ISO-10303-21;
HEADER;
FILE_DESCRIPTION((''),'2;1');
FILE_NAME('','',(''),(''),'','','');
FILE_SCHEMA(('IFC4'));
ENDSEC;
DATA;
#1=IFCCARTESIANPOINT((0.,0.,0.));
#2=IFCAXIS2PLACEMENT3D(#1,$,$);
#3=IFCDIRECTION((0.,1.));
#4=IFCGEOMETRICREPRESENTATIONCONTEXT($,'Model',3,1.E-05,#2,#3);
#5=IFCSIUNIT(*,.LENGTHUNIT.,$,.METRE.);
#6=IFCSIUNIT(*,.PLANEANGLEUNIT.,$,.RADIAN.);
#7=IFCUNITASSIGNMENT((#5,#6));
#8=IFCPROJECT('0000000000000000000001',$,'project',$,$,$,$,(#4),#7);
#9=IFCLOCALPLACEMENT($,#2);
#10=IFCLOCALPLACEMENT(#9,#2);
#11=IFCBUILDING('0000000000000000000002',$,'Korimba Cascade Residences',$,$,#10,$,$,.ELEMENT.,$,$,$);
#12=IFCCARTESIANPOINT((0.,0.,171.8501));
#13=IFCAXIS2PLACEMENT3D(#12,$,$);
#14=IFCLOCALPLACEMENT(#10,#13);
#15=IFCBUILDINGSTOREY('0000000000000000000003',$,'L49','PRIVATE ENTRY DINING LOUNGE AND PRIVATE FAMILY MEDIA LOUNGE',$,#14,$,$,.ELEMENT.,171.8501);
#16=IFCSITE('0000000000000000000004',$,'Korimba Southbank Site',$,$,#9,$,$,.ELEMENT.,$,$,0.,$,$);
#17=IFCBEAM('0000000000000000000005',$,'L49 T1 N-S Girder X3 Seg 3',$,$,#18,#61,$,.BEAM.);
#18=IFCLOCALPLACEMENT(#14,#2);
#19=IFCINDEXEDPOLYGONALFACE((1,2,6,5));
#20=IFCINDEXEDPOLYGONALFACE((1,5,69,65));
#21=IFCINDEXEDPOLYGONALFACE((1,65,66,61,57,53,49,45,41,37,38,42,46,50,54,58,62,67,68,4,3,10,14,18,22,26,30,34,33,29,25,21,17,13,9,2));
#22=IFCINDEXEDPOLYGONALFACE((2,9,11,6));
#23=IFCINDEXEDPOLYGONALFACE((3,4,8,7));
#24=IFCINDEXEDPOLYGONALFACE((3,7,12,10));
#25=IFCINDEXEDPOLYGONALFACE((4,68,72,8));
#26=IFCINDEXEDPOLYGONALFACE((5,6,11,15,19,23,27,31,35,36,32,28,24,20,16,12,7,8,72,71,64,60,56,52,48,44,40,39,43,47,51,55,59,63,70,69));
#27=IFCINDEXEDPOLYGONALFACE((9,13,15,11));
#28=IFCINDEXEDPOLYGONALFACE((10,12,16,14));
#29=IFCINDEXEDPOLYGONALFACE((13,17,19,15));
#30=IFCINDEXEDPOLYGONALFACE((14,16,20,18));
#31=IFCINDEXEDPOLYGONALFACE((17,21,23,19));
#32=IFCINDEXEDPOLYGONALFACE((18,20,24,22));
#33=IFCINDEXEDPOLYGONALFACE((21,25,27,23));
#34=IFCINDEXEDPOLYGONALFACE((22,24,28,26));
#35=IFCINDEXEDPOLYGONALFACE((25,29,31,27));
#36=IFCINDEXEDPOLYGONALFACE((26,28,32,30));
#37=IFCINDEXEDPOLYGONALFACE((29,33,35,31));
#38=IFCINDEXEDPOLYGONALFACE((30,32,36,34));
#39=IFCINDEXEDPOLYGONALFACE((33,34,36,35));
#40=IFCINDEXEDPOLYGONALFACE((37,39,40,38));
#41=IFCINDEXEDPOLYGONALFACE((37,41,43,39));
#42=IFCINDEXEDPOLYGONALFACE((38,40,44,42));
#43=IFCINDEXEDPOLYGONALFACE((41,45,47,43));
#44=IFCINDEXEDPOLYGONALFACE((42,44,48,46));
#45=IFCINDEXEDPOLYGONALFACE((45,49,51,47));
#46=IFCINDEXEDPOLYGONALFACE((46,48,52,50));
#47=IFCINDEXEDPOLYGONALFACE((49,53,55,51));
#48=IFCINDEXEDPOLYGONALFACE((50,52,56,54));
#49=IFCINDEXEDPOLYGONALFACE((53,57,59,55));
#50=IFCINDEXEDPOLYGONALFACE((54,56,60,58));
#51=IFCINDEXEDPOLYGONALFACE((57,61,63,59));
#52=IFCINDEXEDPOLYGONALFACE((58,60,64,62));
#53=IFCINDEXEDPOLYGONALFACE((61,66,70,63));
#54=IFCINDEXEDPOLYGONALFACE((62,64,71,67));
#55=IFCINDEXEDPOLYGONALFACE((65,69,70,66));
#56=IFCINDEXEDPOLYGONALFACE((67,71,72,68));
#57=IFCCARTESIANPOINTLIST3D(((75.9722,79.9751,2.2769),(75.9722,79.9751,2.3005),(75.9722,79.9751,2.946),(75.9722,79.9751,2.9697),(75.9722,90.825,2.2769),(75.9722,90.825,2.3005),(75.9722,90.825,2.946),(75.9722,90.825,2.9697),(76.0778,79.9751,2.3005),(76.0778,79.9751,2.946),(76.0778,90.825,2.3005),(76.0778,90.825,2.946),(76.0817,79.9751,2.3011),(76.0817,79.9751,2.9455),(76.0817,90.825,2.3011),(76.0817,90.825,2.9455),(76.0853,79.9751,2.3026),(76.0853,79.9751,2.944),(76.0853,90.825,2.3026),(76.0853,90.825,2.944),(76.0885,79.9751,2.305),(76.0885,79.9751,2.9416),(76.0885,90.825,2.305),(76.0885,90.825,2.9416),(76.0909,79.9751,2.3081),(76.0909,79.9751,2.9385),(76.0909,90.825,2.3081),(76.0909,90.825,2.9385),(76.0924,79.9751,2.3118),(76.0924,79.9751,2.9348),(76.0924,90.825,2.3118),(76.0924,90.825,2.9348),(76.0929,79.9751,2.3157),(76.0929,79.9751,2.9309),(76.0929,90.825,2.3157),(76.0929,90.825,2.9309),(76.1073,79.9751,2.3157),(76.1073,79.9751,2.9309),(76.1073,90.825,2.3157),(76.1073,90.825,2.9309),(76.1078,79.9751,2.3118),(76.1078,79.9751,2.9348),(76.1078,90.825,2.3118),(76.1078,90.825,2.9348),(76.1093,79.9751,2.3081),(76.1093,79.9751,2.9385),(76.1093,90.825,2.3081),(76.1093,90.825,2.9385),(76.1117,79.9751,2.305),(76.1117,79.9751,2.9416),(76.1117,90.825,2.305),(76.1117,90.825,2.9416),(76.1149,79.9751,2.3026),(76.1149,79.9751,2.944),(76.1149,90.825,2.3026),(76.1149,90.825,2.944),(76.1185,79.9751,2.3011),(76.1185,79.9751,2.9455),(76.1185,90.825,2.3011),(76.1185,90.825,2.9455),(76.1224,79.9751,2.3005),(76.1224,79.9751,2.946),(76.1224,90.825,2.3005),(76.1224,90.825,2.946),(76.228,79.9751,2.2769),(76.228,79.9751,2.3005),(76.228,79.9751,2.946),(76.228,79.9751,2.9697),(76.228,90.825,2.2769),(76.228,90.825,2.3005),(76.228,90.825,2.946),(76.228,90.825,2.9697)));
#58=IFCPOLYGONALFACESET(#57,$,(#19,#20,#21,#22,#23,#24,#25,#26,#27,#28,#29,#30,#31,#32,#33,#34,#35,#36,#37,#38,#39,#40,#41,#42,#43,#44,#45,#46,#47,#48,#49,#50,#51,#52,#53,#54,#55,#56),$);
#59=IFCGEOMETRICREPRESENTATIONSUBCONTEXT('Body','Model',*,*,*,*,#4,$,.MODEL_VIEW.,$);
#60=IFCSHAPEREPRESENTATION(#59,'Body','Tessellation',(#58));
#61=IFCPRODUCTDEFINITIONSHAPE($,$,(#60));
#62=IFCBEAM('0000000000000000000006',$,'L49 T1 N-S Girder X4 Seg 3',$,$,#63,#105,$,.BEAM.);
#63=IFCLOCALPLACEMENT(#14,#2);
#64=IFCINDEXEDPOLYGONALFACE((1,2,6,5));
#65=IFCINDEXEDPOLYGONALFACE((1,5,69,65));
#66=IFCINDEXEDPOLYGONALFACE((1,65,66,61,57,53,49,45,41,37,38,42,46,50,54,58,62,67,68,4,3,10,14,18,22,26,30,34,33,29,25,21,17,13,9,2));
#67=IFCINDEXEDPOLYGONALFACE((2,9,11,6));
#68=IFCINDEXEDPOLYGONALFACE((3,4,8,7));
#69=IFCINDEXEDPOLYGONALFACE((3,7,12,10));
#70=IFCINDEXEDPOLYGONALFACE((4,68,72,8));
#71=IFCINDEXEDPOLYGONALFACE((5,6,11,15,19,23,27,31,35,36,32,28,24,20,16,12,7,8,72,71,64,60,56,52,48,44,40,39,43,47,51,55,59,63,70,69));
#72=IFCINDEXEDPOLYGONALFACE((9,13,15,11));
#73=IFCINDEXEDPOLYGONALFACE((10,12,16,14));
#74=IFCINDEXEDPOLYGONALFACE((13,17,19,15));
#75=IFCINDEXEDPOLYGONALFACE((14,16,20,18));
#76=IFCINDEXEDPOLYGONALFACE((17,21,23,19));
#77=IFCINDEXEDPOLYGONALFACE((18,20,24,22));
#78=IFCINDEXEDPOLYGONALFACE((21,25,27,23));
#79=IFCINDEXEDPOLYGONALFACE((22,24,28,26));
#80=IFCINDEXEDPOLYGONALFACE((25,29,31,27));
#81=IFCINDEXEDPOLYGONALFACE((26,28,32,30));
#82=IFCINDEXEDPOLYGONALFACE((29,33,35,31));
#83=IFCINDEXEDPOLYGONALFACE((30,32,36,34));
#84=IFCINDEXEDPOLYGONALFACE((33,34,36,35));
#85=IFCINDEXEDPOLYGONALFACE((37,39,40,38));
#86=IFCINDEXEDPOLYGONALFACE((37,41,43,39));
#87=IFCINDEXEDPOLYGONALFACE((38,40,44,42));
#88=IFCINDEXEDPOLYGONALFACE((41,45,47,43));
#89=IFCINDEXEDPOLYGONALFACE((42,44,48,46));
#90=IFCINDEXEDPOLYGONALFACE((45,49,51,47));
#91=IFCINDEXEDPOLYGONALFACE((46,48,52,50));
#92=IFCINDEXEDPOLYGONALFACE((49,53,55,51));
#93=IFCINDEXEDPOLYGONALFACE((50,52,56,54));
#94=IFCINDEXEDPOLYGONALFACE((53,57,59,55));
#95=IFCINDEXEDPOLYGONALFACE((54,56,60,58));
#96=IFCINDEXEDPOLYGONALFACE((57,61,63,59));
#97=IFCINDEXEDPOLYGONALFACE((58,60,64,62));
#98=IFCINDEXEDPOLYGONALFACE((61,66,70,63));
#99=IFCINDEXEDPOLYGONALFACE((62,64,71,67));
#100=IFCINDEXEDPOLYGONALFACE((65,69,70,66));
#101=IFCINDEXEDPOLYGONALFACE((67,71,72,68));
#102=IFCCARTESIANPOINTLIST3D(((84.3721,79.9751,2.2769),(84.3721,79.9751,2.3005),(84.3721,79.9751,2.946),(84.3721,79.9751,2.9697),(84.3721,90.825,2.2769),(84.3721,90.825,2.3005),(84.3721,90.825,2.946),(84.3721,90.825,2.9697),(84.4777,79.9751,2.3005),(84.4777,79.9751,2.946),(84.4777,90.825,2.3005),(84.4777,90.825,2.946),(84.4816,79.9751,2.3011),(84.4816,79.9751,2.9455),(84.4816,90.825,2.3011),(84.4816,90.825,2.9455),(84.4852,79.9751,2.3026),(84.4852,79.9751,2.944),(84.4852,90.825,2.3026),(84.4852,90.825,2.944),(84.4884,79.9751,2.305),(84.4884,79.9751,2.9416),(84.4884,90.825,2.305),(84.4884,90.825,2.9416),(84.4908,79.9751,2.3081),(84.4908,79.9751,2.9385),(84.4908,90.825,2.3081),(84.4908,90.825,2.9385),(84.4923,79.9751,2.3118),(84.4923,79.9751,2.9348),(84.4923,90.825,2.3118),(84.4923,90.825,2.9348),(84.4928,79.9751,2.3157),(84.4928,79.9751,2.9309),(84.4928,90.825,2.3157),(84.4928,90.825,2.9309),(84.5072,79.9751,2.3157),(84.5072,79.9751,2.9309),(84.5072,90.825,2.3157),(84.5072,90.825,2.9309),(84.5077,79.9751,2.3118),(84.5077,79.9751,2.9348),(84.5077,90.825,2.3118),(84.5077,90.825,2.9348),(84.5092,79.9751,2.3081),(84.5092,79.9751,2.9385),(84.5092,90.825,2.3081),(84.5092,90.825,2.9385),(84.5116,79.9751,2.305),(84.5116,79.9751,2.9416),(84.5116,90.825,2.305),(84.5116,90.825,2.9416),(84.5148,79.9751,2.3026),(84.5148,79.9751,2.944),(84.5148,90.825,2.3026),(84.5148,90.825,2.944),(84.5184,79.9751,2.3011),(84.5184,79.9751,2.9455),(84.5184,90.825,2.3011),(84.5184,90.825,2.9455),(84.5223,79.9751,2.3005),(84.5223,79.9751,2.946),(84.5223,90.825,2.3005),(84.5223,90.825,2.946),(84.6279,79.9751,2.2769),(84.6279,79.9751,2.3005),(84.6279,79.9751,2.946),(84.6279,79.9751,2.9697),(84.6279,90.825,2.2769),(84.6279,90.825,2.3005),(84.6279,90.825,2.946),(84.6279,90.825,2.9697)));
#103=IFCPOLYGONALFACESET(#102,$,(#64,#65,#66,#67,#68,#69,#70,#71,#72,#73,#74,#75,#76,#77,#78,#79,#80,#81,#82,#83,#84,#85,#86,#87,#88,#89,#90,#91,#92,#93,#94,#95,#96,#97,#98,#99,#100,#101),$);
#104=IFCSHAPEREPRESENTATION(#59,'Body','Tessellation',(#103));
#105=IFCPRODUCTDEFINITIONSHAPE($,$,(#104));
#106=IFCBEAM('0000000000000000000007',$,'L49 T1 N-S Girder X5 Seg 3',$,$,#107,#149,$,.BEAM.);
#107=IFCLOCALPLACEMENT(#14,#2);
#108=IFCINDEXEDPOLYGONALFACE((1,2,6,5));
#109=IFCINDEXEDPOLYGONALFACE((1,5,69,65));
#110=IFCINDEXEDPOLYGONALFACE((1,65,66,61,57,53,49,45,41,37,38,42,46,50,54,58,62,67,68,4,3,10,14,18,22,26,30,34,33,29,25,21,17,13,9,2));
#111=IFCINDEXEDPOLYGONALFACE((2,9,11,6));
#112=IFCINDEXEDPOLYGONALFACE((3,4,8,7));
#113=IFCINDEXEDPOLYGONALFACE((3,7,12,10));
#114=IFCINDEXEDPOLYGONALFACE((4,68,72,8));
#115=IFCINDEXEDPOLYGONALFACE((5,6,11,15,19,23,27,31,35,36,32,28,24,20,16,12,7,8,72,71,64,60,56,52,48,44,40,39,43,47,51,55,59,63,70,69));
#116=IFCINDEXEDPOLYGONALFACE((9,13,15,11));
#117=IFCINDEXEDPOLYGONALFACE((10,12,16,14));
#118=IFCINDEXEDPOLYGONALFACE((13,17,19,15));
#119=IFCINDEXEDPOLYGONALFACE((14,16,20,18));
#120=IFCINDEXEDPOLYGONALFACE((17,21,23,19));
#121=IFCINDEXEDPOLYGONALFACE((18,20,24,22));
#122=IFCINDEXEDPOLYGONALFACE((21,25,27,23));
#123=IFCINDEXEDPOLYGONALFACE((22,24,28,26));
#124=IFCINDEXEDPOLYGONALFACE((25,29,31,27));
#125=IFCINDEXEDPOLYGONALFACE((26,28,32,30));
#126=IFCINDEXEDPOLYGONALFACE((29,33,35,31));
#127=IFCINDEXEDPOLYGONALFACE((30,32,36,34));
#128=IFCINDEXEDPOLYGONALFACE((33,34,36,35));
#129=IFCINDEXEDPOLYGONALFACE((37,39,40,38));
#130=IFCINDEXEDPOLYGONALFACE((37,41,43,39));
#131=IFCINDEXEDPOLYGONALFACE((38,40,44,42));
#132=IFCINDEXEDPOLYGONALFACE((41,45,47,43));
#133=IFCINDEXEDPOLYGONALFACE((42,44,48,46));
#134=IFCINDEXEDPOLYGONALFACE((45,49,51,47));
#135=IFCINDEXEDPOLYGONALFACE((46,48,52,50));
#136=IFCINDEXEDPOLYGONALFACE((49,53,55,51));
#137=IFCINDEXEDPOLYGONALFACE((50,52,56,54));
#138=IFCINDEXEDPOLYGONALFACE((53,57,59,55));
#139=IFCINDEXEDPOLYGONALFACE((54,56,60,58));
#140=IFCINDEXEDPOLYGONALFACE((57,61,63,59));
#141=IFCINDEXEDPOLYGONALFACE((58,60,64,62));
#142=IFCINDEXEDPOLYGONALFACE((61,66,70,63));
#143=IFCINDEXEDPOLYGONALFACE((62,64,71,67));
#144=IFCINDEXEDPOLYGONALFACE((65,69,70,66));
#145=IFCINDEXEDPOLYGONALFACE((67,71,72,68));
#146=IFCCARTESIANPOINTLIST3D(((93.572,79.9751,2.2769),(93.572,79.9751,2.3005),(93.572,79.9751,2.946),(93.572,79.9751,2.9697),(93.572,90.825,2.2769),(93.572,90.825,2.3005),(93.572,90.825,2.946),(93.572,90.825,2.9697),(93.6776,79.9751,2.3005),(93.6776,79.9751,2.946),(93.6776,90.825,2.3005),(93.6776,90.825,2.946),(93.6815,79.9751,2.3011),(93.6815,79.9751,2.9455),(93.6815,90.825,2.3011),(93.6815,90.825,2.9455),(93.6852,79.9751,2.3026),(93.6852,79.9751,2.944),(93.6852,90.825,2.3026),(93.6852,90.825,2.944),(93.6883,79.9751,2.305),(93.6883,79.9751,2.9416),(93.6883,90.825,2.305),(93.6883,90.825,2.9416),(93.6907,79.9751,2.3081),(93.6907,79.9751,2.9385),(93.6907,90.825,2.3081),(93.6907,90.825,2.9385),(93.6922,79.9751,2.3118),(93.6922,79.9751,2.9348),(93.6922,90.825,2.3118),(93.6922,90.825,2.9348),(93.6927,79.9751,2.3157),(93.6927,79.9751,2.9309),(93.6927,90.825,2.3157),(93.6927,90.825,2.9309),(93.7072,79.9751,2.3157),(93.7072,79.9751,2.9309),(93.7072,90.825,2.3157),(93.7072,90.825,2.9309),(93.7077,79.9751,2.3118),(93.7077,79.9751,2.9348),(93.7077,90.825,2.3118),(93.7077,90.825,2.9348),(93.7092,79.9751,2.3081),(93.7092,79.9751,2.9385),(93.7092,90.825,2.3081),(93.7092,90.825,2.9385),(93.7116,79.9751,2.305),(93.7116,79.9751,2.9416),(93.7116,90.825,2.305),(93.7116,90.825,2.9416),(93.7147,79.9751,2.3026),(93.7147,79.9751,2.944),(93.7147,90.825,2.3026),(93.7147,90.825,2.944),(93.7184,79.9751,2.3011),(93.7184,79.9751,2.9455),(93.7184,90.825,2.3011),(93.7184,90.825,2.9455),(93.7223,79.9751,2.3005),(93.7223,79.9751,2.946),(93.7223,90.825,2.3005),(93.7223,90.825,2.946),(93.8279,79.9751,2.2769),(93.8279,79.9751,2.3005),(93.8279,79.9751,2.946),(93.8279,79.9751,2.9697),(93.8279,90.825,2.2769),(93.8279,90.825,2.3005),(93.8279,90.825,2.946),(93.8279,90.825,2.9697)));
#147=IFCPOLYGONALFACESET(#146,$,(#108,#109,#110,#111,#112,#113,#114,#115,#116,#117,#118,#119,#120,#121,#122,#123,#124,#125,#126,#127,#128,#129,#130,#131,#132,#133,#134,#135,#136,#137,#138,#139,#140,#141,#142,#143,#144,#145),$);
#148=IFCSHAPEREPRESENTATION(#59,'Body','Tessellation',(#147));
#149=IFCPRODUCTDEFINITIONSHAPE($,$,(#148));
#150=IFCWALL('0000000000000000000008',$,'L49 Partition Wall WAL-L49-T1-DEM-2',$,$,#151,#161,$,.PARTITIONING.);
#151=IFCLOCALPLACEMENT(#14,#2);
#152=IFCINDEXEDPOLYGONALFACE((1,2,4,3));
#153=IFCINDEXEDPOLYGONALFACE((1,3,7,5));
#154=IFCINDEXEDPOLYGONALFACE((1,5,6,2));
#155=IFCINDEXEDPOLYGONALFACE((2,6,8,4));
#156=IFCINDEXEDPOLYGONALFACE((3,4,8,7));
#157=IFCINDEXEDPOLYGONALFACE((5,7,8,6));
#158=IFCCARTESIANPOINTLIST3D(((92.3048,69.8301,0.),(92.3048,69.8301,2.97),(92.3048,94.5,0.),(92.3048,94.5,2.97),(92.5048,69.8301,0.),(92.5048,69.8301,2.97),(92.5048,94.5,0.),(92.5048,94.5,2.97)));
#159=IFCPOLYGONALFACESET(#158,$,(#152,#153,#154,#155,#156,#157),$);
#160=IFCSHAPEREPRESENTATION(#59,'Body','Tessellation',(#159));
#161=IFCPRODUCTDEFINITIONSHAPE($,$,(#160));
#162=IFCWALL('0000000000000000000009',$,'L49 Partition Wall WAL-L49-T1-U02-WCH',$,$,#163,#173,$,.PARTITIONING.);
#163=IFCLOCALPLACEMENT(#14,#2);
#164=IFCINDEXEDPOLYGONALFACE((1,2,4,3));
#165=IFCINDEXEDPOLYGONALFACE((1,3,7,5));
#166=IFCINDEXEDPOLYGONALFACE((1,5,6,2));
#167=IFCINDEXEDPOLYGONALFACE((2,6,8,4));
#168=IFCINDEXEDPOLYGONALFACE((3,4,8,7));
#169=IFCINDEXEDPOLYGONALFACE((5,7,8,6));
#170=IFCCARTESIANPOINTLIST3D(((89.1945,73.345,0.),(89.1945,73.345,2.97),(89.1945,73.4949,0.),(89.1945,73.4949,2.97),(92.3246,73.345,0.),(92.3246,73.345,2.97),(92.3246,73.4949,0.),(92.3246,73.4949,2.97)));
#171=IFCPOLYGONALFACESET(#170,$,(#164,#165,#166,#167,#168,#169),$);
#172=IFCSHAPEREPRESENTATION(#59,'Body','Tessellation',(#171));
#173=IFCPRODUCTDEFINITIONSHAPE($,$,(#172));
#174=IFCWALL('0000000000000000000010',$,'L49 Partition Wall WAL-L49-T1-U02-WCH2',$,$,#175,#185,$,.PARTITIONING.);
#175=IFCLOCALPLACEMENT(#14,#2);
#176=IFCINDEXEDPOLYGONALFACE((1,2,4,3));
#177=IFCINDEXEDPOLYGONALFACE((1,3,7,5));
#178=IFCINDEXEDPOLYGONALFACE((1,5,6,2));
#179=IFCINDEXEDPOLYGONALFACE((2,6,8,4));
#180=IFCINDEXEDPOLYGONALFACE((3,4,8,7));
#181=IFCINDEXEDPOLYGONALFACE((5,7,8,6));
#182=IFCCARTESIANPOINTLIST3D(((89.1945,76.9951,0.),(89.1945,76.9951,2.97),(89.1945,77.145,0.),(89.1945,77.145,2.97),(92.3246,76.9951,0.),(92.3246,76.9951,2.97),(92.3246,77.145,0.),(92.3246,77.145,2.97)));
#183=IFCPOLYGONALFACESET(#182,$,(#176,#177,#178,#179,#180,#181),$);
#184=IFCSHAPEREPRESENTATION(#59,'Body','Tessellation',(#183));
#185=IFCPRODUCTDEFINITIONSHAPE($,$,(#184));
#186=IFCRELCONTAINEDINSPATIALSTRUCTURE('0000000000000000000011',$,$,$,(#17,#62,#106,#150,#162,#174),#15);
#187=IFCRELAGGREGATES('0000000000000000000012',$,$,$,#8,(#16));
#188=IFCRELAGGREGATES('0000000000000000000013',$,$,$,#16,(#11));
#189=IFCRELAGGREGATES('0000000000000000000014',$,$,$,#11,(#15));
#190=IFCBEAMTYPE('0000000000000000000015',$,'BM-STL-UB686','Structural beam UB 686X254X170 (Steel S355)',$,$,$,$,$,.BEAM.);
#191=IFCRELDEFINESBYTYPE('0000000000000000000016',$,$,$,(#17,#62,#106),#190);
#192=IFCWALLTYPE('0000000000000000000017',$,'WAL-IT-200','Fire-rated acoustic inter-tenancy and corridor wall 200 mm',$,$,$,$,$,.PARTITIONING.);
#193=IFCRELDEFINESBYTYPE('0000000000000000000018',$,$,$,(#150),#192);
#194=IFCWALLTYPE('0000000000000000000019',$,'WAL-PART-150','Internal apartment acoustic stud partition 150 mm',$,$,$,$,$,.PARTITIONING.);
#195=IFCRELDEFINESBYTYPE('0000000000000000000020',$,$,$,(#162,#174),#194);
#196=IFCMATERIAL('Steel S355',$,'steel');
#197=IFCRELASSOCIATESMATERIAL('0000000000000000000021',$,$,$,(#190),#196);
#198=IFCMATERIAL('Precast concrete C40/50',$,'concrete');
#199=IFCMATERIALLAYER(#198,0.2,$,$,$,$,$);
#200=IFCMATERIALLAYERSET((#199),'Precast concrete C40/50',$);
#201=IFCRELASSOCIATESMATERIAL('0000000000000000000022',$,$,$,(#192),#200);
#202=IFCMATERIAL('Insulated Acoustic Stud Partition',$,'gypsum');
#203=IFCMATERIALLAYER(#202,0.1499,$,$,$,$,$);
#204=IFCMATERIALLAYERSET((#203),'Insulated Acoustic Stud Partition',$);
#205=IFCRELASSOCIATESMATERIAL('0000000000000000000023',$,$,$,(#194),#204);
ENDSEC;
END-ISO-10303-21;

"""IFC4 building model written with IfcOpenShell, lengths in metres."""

from ifc_helpers import new_model, si_unit, direction, frame, frame_2d, origin, origin_2d, place, context, subcontext, project, spatial, rectangle, i_section, extrude, material, layer, layer_set, material_profile, profile_set, type_object, element, save


model = new_model("IFC4")

# Units and contexts
model_context = context("Model", 3, precision=1e-05, world=origin(), true_north=direction((0.0, 1.0)))
body_context = subcontext(model_context, "Body", "Model", "MODEL_VIEW")
ifc_project = project(units=[si_unit("LENGTHUNIT", "METRE"), si_unit("PLANEANGLEUNIT", "RADIAN")], contexts=[model_context])

# Site, building, storey
site_placement = place(None, origin())
site = spatial("IfcSite", under=ifc_project, at=site_placement, Name="Korimba Southbank Site", CompositionType="ELEMENT", RefElevation=0.0)
building_placement = place(site_placement, origin())
building = spatial("IfcBuilding", under=site, at=building_placement, Name="Korimba Cascade Residences", CompositionType="ELEMENT")
storey_placement = place(building_placement, frame((0.0, 0.0, 171.8501)))
storey = spatial("IfcBuildingStorey", under=building, at=storey_placement, Name="L49", Description="PRIVATE ENTRY DINING LOUNGE AND PRIVATE FAMILY MEDIA LOUNGE", CompositionType="ELEMENT", Elevation=171.8501)

# Beams
ifc_material_1 = material(Name="Steel S355", Category="steel")
ifc_material_profile_1 = material_profile(ifc_material_1, i_section(OverallWidth=0.2559, OverallDepth=0.6929, WebThickness=0.0144, FlangeThickness=0.0237, FilletRadius=0.0151, at=origin_2d()), Name="Steel S355")
ifc_profile_set_1 = profile_set([ifc_material_profile_1], Name="Steel S355")
beam_type_1 = type_object("IfcBeamType", Name="BM-STL-UB686", Description="Structural beam UB 686X254X170 (Steel S355)", PredefinedType="BEAM", material=ifc_profile_set_1)
for number, where, z_axis, x_axis, name in (
    (1, (76.1001, 79.9751, 2.6233), (0.0, 1.0, 0.0), (-1.0, 0.0, 0.0), "L49 T1 N-S Girder X3 Seg 3"),
    (2, (84.5, 79.9751, 2.6233), (0.0, 1.0, 0.0), (-1.0, 0.0, 0.0), "L49 T1 N-S Girder X4 Seg 3"),
    (3, (93.7, 79.9751, 2.6233), (0.0, 1.0, 0.0), (-1.0, 0.0, 0.0), "L49 T1 N-S Girder X5 Seg 3"),
):
    element("IfcBeam", number, at=place(storey_placement, frame(where, z_axis=z_axis, x_axis=x_axis)), inside=storey, type_object=beam_type_1, Name=name, PredefinedType="BEAM", context=body_context, shape_type="SweptSolid", body=[
        extrude(i_section(OverallWidth=0.2559, OverallDepth=0.6929, WebThickness=0.0144, FlangeThickness=0.0237, FilletRadius=0.0151, at=origin_2d()), origin(), (0.0, 0.0, 1.0), 10.8499),
    ])

# Walls
ifc_material_2 = material(Name="Precast concrete C40/50", Category="concrete")
ifc_layer_1 = layer(ifc_material_2, 0.2)
ifc_layer_set_1 = layer_set([ifc_layer_1], Name="Precast concrete C40/50")
wall_type_1 = type_object("IfcWallType", Name="WAL-IT-200", Description="Fire-rated acoustic inter-tenancy and corridor wall 200 mm", PredefinedType="PARTITIONING", material=ifc_layer_set_1)
wall_1_placement = place(storey_placement, frame((92.4048, 69.8301, 0.0), z_axis=(0.0, 0.0, 1.0), x_axis=(0.0, 1.0, 0.0)))
element("IfcWall", 4, at=wall_1_placement, inside=storey, type_object=wall_type_1, Name="L49 Partition Wall WAL-L49-T1-DEM-2", PredefinedType="PARTITIONING", context=body_context, shape_type="SweptSolid", body=[
    extrude(rectangle(XDim=24.6699, YDim=0.2, at=frame_2d((12.335, 0.0))), origin(), (0.0, 0.0, 1.0), 2.97),
])
ifc_material_3 = material(Name="Insulated Acoustic Stud Partition", Category="gypsum")
ifc_layer_2 = layer(ifc_material_3, 0.1499)
ifc_layer_set_2 = layer_set([ifc_layer_2], Name="Insulated Acoustic Stud Partition")
wall_type_2 = type_object("IfcWallType", Name="WAL-PART-150", Description="Internal apartment acoustic stud partition 150 mm", PredefinedType="PARTITIONING", material=ifc_layer_set_2)
for number, where, z_axis, x_axis, name in (
    (5, (89.1946, 73.4199, 0.0), (0.0, 0.0, 1.0), (1.0, 0.0, 0.0), "L49 Partition Wall WAL-L49-T1-U02-WCH"),
    (6, (89.1946, 77.0701, 0.0), (0.0, 0.0, 1.0), (1.0, 0.0, 0.0), "L49 Partition Wall WAL-L49-T1-U02-WCH2"),
):
    element("IfcWall", number, at=place(storey_placement, frame(where, z_axis=z_axis, x_axis=x_axis)), inside=storey, type_object=wall_type_2, Name=name, PredefinedType="PARTITIONING", context=body_context, shape_type="SweptSolid", body=[
        extrude(rectangle(XDim=3.1301, YDim=0.1499, at=frame_2d((1.5649, 0.0))), origin(), (0.0, 0.0, 1.0), 2.97),
    ])

save(model, "model.ifc")
